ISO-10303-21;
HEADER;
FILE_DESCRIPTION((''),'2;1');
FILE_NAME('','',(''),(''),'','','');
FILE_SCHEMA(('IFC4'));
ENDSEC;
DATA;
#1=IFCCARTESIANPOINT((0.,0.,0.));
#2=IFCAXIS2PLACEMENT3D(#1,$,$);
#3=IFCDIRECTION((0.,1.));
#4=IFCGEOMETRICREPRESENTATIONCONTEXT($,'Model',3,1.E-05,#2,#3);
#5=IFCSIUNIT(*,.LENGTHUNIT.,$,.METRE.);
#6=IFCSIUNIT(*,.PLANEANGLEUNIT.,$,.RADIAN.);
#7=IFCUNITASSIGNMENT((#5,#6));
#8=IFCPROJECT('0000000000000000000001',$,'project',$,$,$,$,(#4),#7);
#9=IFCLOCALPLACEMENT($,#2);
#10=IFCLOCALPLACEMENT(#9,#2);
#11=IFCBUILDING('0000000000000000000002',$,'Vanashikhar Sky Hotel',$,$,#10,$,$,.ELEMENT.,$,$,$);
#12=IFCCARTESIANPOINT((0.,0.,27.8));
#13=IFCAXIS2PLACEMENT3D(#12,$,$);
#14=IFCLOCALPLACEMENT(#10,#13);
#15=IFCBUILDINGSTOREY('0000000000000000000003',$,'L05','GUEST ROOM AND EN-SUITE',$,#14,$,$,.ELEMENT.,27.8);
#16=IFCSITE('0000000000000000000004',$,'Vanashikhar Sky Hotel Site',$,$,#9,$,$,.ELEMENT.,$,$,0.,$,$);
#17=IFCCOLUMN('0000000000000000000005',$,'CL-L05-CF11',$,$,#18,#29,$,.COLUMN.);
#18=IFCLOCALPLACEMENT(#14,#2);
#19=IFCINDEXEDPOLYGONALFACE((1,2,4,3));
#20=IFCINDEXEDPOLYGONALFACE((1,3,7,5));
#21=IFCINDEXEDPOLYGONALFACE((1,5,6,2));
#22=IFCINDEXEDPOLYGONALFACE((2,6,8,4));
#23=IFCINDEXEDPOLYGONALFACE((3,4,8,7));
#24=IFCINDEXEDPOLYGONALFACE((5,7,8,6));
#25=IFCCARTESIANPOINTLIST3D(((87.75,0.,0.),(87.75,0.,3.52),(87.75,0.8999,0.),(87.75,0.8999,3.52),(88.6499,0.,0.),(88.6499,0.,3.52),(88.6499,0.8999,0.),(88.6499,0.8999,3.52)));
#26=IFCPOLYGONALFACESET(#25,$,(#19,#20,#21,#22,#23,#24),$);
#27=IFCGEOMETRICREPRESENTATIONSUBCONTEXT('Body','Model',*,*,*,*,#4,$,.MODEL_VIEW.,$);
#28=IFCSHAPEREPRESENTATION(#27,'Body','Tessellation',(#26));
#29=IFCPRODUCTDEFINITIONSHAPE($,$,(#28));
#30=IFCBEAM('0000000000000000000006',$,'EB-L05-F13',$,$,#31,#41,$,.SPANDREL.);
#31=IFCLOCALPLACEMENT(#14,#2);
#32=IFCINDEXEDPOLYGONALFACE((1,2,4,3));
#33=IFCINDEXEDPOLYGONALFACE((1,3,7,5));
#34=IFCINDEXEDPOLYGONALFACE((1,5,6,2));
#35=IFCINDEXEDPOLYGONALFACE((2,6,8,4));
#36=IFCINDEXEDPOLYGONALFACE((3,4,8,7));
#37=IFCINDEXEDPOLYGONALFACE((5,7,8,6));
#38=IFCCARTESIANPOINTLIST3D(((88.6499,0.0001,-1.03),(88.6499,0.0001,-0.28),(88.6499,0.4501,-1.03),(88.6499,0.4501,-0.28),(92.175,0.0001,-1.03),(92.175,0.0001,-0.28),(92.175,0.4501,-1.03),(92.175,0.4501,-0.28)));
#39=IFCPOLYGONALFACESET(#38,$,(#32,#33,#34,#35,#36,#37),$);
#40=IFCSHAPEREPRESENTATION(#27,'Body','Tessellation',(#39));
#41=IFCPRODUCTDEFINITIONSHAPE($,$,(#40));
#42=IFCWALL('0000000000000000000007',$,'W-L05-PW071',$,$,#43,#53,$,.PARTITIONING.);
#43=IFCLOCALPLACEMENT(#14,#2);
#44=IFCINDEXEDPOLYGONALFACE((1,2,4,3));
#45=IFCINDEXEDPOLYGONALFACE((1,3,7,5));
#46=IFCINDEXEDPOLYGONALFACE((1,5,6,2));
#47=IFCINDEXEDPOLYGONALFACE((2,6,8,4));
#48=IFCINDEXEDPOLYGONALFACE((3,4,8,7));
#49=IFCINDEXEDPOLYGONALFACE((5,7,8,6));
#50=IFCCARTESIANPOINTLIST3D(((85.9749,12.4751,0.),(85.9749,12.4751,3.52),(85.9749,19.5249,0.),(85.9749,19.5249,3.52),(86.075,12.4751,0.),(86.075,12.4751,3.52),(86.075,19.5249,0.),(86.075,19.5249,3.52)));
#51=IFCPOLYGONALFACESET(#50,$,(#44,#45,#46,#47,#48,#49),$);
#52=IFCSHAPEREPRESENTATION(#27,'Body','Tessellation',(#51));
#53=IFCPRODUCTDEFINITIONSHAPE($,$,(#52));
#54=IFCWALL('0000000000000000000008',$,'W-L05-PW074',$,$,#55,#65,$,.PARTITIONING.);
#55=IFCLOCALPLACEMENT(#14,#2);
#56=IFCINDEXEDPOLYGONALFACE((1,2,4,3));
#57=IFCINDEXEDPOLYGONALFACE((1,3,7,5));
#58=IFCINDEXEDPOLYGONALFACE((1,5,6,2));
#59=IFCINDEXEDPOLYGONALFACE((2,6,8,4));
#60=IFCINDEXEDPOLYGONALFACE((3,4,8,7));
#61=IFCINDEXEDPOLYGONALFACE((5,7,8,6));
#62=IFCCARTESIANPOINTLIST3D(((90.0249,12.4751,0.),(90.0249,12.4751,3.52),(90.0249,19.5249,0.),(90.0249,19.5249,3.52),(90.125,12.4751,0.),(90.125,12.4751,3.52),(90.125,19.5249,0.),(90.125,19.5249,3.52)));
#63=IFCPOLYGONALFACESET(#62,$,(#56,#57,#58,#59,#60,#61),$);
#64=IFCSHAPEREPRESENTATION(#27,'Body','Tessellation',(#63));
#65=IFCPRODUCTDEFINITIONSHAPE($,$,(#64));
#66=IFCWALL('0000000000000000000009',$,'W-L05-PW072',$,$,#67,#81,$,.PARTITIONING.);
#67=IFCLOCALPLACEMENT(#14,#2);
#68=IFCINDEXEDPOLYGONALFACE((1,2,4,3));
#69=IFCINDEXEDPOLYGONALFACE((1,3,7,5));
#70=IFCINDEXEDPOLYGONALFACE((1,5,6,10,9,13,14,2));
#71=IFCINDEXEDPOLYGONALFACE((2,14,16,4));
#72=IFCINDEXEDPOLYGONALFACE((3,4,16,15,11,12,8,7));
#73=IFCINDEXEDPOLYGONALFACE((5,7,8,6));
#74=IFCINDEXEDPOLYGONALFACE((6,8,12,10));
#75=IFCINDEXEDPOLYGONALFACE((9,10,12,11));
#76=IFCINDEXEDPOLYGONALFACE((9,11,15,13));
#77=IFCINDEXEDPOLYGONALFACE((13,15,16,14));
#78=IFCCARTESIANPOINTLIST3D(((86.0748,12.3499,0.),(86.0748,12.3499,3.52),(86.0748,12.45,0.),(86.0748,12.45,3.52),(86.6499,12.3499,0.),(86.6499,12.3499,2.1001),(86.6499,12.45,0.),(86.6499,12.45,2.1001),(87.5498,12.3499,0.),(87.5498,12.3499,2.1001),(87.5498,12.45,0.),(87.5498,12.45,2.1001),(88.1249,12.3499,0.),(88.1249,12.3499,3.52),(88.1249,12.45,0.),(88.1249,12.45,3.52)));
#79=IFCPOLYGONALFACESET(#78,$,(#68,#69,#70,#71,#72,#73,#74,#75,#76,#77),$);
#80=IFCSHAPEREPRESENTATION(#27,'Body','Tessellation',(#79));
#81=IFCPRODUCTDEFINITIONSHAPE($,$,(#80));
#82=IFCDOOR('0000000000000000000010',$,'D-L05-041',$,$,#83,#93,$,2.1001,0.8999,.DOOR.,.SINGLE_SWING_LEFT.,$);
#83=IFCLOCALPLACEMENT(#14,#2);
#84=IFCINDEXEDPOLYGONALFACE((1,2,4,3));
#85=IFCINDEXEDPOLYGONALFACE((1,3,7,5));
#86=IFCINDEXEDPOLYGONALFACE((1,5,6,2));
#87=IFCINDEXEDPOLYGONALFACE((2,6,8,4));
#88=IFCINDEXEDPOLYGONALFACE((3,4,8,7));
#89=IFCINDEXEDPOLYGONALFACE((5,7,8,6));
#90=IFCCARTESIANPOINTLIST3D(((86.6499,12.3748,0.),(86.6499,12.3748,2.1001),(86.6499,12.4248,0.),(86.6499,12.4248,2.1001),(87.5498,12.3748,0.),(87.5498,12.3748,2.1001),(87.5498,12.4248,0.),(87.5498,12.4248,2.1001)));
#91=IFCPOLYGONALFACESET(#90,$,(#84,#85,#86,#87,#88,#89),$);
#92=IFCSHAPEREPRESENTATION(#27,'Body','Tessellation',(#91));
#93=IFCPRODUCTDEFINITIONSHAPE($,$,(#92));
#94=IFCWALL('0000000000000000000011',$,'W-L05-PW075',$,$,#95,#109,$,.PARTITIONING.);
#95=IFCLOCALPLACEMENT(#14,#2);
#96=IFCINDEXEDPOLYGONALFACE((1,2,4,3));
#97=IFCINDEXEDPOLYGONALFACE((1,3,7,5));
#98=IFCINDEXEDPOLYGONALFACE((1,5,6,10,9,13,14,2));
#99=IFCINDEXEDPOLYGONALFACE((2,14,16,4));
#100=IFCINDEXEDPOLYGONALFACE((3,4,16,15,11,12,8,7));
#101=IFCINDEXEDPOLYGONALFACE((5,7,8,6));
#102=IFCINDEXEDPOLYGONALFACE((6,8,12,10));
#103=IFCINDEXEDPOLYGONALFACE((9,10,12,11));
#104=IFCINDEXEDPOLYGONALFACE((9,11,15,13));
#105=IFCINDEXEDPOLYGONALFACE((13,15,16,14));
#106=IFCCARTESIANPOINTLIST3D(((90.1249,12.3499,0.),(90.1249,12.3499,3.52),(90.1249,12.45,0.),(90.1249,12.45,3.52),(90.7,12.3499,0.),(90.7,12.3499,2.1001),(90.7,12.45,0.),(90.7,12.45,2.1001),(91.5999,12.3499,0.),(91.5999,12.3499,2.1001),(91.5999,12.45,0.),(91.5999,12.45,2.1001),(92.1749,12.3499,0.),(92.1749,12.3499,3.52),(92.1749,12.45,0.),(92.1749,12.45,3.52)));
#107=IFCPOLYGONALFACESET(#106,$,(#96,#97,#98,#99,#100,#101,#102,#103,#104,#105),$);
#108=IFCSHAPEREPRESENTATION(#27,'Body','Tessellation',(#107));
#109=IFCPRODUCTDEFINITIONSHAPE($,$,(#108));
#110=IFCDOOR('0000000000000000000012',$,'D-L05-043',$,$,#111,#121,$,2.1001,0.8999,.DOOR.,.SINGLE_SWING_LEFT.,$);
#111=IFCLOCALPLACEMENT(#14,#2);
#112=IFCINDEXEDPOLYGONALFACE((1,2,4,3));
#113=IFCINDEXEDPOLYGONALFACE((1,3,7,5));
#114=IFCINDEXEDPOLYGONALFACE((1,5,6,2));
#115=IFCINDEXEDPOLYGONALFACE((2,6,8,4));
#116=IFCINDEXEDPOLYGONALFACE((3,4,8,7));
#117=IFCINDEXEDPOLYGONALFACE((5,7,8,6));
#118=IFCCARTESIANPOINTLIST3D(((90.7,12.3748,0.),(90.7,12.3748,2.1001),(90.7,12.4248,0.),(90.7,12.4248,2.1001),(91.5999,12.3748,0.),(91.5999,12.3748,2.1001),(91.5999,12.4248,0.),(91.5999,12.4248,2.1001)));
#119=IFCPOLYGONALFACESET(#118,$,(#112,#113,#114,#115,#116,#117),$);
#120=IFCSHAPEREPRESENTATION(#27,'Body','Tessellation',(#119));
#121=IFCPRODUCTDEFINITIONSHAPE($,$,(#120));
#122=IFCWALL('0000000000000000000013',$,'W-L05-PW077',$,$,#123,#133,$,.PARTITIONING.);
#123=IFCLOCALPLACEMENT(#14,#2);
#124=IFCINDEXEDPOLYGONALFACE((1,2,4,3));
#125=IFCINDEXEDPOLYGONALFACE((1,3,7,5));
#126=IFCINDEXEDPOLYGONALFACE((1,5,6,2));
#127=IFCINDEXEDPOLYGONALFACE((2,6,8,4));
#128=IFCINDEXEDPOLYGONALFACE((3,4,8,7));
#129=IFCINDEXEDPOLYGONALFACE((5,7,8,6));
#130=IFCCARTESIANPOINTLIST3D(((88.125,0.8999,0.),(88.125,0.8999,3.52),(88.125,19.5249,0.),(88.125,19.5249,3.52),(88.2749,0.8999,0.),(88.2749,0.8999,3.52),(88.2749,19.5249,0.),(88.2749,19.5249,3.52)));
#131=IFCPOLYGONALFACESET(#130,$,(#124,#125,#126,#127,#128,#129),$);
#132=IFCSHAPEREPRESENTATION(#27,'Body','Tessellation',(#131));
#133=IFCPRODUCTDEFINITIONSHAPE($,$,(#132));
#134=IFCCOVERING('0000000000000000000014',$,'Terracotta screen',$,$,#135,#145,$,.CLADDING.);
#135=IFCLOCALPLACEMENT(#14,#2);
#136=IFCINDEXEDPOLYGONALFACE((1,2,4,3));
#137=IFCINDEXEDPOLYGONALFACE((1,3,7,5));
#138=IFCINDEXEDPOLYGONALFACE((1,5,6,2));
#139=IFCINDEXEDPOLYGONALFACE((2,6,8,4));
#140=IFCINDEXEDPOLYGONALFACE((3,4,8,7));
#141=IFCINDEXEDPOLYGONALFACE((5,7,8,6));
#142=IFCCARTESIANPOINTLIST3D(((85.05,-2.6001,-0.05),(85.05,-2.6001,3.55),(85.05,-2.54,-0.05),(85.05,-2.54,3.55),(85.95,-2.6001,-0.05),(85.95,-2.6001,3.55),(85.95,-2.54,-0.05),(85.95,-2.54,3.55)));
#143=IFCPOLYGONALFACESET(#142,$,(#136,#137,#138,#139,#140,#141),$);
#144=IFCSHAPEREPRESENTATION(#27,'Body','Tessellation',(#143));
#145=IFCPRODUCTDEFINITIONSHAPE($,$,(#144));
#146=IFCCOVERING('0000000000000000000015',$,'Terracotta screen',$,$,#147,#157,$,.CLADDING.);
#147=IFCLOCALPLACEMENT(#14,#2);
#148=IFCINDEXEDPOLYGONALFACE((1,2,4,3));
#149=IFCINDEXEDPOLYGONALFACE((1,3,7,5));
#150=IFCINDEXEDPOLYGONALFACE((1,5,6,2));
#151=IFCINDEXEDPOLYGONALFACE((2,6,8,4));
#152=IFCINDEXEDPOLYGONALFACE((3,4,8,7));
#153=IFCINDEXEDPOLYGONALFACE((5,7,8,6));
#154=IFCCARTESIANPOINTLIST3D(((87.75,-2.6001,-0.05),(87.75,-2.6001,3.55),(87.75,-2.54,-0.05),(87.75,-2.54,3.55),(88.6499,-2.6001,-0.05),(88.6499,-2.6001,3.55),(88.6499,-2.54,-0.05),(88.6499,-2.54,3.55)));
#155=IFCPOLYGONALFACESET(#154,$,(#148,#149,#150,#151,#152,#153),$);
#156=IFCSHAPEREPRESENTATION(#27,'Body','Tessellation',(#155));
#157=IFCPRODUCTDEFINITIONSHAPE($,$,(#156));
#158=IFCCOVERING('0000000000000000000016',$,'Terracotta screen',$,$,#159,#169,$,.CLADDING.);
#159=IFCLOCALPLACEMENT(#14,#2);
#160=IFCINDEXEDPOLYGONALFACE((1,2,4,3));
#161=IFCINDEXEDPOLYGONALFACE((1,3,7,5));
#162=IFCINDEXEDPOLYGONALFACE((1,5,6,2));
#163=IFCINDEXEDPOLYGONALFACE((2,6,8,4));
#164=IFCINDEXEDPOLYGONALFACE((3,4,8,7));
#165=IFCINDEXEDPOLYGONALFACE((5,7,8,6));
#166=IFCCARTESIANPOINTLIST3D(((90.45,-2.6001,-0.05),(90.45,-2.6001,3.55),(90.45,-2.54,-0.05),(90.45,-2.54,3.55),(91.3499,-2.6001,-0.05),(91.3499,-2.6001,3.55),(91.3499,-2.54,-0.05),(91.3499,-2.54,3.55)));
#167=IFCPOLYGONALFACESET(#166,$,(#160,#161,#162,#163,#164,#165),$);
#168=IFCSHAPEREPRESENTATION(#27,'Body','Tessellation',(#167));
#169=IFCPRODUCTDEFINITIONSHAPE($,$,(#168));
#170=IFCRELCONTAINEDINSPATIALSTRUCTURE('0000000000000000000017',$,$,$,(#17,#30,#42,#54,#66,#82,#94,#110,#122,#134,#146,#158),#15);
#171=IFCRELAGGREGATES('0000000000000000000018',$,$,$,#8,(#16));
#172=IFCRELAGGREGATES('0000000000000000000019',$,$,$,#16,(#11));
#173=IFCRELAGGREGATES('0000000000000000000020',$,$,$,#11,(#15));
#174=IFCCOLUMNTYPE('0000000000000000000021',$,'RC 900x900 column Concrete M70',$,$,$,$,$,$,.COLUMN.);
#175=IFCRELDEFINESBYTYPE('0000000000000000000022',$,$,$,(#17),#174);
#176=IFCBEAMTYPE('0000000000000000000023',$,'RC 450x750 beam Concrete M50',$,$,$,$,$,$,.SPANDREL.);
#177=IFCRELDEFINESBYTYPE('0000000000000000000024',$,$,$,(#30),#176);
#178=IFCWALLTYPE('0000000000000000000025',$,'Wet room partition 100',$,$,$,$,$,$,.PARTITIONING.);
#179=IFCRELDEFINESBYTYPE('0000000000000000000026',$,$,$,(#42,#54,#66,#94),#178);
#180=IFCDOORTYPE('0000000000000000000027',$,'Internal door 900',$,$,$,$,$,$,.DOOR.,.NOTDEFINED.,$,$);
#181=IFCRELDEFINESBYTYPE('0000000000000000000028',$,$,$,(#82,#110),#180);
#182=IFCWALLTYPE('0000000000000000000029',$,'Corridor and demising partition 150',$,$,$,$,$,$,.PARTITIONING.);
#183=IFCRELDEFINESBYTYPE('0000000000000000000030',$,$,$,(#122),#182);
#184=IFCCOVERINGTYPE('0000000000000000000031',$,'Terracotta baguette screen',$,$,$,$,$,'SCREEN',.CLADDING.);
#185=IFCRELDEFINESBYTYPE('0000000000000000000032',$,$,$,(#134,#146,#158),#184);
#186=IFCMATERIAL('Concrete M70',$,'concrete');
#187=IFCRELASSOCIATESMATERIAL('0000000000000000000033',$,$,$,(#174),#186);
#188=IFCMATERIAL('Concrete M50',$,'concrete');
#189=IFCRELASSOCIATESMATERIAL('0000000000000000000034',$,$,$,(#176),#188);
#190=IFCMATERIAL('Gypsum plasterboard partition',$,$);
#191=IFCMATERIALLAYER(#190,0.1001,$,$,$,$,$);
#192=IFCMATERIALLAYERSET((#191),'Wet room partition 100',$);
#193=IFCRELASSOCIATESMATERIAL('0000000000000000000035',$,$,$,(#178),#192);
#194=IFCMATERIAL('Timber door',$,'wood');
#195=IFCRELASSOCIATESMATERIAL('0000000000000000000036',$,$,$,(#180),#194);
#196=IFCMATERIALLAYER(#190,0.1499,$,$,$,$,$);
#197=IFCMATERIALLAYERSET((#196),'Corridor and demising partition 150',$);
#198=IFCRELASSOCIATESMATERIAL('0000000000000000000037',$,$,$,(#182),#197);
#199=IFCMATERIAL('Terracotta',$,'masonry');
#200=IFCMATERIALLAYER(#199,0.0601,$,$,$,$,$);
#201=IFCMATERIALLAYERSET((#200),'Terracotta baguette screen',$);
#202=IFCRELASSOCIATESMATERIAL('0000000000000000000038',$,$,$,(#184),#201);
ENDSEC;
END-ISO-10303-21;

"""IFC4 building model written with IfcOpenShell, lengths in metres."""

from ifc_helpers import new_model, si_unit, direction, frame, frame_2d, origin, origin_2d, place, context, subcontext, project, spatial, rectangle, extrude, source, transform, mapped, material, layer, layer_set, material_profile, profile_set, type_object, element, fill, save


model = new_model("IFC4")

# Units and contexts
model_context = context("Model", 3, precision=1e-05, world=origin(), true_north=direction((0.0, 1.0)))
body_context = subcontext(model_context, "Body", "Model", "MODEL_VIEW")
ifc_project = project(units=[si_unit("LENGTHUNIT", "METRE"), si_unit("PLANEANGLEUNIT", "RADIAN")], contexts=[model_context])

# Site, building, storey
site_placement = place(None, origin())
site = spatial("IfcSite", under=ifc_project, at=site_placement, Name="Vanashikhar Sky Hotel Site", CompositionType="ELEMENT", RefElevation=0.0)
building_placement = place(site_placement, origin())
building = spatial("IfcBuilding", under=site, at=building_placement, Name="Vanashikhar Sky Hotel", CompositionType="ELEMENT")
storey_placement = place(building_placement, frame((0.0, 0.0, 27.8)))
storey = spatial("IfcBuildingStorey", under=building, at=storey_placement, Name="L05", Description="GUEST ROOM AND EN-SUITE", CompositionType="ELEMENT", Elevation=27.8)

# Column
ifc_material_1 = material(Name="Concrete M70", Category="concrete")
ifc_material_profile_1 = material_profile(ifc_material_1, rectangle(XDim=0.8999, YDim=0.8999, at=origin_2d()))
ifc_profile_set_1 = profile_set([ifc_material_profile_1], Name="RC 900x900 column Concrete M70")
column_type = type_object("IfcColumnType", Name="RC 900x900 column Concrete M70", PredefinedType="COLUMN", material=ifc_profile_set_1)
shared_shape_1 = source(origin(), body_context, "Body", "SweptSolid", [
    extrude(rectangle(XDim=0.8999, YDim=0.8999, at=origin_2d()), origin(), (0.0, 0.0, 1.0), 3.52),
])
column_placement = place(storey_placement, frame((88.2, 0.45, 0.0), z_axis=(0.0, 0.0, 1.0), x_axis=(1.0, 0.0, 0.0)))
element("IfcColumn", 1, at=column_placement, inside=storey, type_object=column_type, Name="CL-L05-CF11", PredefinedType="COLUMN", context=body_context, shape_type="MappedRepresentation", body=[
    mapped(shared_shape_1, transform((0.0, 0.0, 0.0), scale=1.0)),
])

# Beam
ifc_material_2 = material(Name="Concrete M50", Category="concrete")
ifc_material_profile_2 = material_profile(ifc_material_2, rectangle(XDim=0.45, YDim=0.75, at=origin_2d()))
ifc_profile_set_2 = profile_set([ifc_material_profile_2], Name="RC 450x750 beam Concrete M50")
beam_type = type_object("IfcBeamType", Name="RC 450x750 beam Concrete M50", PredefinedType="SPANDREL", material=ifc_profile_set_2)
shared_shape_2 = source(origin(), body_context, "Body", "SweptSolid", [
    extrude(rectangle(XDim=0.45, YDim=0.75, at=origin_2d()), origin(), (0.0, 0.0, 1.0), 3.5251),
])
beam_placement = place(storey_placement, frame((88.6499, 0.2251, -0.655), z_axis=(1.0, 0.0, 0.0), x_axis=(0.0, 1.0, 0.0)))
element("IfcBeam", 2, at=beam_placement, inside=storey, type_object=beam_type, Name="EB-L05-F13", PredefinedType="SPANDREL", context=body_context, shape_type="MappedRepresentation", body=[
    mapped(shared_shape_2, transform((0.0, 0.0, 0.0), scale=1.0)),
])

# Walls
ifc_material_3 = material(Name="Gypsum plasterboard partition")
ifc_layer_1 = layer(ifc_material_3, 0.1001)
ifc_layer_set_1 = layer_set([ifc_layer_1], Name="Wet room partition 100")
wall_type_1 = type_object("IfcWallType", Name="Wet room partition 100", PredefinedType="PARTITIONING", material=ifc_layer_set_1)
shared_shape_3 = source(origin(), body_context, "Body", "SweptSolid", [
    extrude(rectangle(XDim=7.0498, YDim=0.1001, at=frame_2d((3.5249, 0.0))), origin(), (0.0, 0.0, 1.0), 3.52),
])
for number, where, z_axis, x_axis, name in (
    (3, (86.0249, 12.4751, 0.0), (0.0, 0.0, 1.0), (0.0, 1.0, 0.0), "W-L05-PW071"),
    (4, (90.075, 12.4751, 0.0), (0.0, 0.0, 1.0), (0.0, 1.0, 0.0), "W-L05-PW074"),
):
    element("IfcWall", number, at=place(storey_placement, frame(where, z_axis=z_axis, x_axis=x_axis)), inside=storey, type_object=wall_type_1, Name=name, PredefinedType="PARTITIONING", context=body_context, shape_type="MappedRepresentation", body=[
        mapped(shared_shape_3, transform((0.0, 0.0, 0.0), scale=1.0)),
    ])

# Walls, openings, doors
shared_shape_4 = source(origin(), body_context, "Body", "SweptSolid", [
    extrude(rectangle(XDim=2.05, YDim=0.1001, at=frame_2d((1.0249, 0.0))), origin(), (0.0, 0.0, 1.0), 3.52),
])
wall_1_placement = place(storey_placement, frame((86.075, 12.3999, 0.0), z_axis=(0.0, 0.0, 1.0), x_axis=(1.0, 0.0, 0.0)))
wall_1 = element("IfcWall", 5, at=wall_1_placement, inside=storey, type_object=wall_type_1, Name="W-L05-PW072", PredefinedType="PARTITIONING", context=body_context, shape_type="MappedRepresentation", body=[
    mapped(shared_shape_4, transform((0.0, 0.0, 0.0), scale=1.0)),
])
shared_shape_5 = source(origin(), body_context, "Body", "SweptSolid", [
    extrude(rectangle(XDim=0.8999, YDim=2.1001, at=frame_2d((0.45, 1.05))), frame((0.0, 0.0601, 0.0), z_axis=(0.0, -1.0, 0.0), x_axis=(1.0, 0.0, 0.0)), (0.0, 0.0, 1.0), 0.1201),
])
opening_1_placement = place(wall_1_placement, frame((0.575, 0.0, 0.0)))
opening_1 = element("IfcOpeningElement", 6, at=opening_1_placement, cuts=wall_1, PredefinedType="OPENING", context=body_context, shape_type="MappedRepresentation", body=[
    mapped(shared_shape_5, transform((0.0, 0.0, 0.0), scale=1.0)),
])
ifc_material_4 = material(Name="Timber door", Category="wood")
door_type_1 = type_object("IfcDoorType", Name="Internal door 900", OperationType="NOTDEFINED", PredefinedType="DOOR", material=ifc_material_4)
shared_shape_6 = source(origin(), body_context, "Body", "SweptSolid", [
    extrude(rectangle(XDim=0.8999, YDim=2.1001, at=frame_2d((0.45, 1.05))), frame((0.0, 0.0249, 0.0), z_axis=(0.0, -1.0, 0.0), x_axis=(1.0, 0.0, 0.0)), (0.0, 0.0, 1.0), 0.05),
])
door_1_placement = place(opening_1_placement, origin())
door_1 = element("IfcDoor", 7, at=door_1_placement, inside=storey, type_object=door_type_1, Name="D-L05-041", OperationType="SINGLE_SWING_LEFT", OverallHeight=2.1001, OverallWidth=0.8999, PredefinedType="DOOR", context=body_context, shape_type="MappedRepresentation", body=[
    mapped(shared_shape_6, transform((0.0, 0.0, 0.0), scale=1.0)),
])
fill(opening_1, door_1)
wall_2_placement = place(storey_placement, frame((90.125, 12.3999, 0.0), z_axis=(0.0, 0.0, 1.0), x_axis=(1.0, 0.0, 0.0)))
wall_2 = element("IfcWall", 8, at=wall_2_placement, inside=storey, type_object=wall_type_1, Name="W-L05-PW075", PredefinedType="PARTITIONING", context=body_context, shape_type="MappedRepresentation", body=[
    mapped(shared_shape_4, transform((0.0, 0.0, 0.0), scale=1.0)),
])
opening_2_placement = place(wall_2_placement, frame((0.575, 0.0, 0.0)))
opening_2 = element("IfcOpeningElement", 9, at=opening_2_placement, cuts=wall_2, PredefinedType="OPENING", context=body_context, shape_type="MappedRepresentation", body=[
    mapped(shared_shape_5, transform((0.0, 0.0, 0.0), scale=1.0)),
])
door_2_placement = place(opening_2_placement, origin())
door_2 = element("IfcDoor", 10, at=door_2_placement, inside=storey, type_object=door_type_1, Name="D-L05-043", OperationType="SINGLE_SWING_LEFT", OverallHeight=2.1001, OverallWidth=0.8999, PredefinedType="DOOR", context=body_context, shape_type="MappedRepresentation", body=[
    mapped(shared_shape_6, transform((0.0, 0.0, 0.0), scale=1.0)),
])
fill(opening_2, door_2)

# Wall
ifc_layer_2 = layer(ifc_material_3, 0.1499)
ifc_layer_set_2 = layer_set([ifc_layer_2], Name="Corridor and demising partition 150")
wall_type_2 = type_object("IfcWallType", Name="Corridor and demising partition 150", PredefinedType="PARTITIONING", material=ifc_layer_set_2)
shared_shape_7 = source(origin(), body_context, "Body", "SweptSolid", [
    extrude(rectangle(XDim=18.625, YDim=0.1499, at=frame_2d((9.3125, 0.0))), origin(), (0.0, 0.0, 1.0), 3.52),
])
wall_3_placement = place(storey_placement, frame((88.2, 0.8999, 0.0), z_axis=(0.0, 0.0, 1.0), x_axis=(0.0, 1.0, 0.0)))
element("IfcWall", 11, at=wall_3_placement, inside=storey, type_object=wall_type_2, Name="W-L05-PW077", PredefinedType="PARTITIONING", context=body_context, shape_type="MappedRepresentation", body=[
    mapped(shared_shape_7, transform((0.0, 0.0, 0.0), scale=1.0)),
])

# Coverings
ifc_material_5 = material(Name="Terracotta", Category="masonry")
ifc_layer_3 = layer(ifc_material_5, 0.0601)
ifc_layer_set_3 = layer_set([ifc_layer_3], Name="Terracotta baguette screen")
covering_type = type_object("IfcCoveringType", Name="Terracotta baguette screen", ElementType="SCREEN", PredefinedType="CLADDING", material=ifc_layer_set_3)
shared_shape_8 = source(origin(), body_context, "Body", "SweptSolid", [
    extrude(rectangle(XDim=0.8999, YDim=0.0601, at=origin_2d()), origin(), (0.0, 0.0, 1.0), 3.6001),
])
for number, where, z_axis, x_axis, name in (
    (12, (85.5, -2.5701, -0.05), (0.0, 0.0, 1.0), (1.0, 0.0, 0.0), "Terracotta screen"),
    (13, (88.2, -2.5701, -0.05), (0.0, 0.0, 1.0), (1.0, 0.0, 0.0), "Terracotta screen"),
    (14, (90.8999, -2.5701, -0.05), (0.0, 0.0, 1.0), (1.0, 0.0, 0.0), "Terracotta screen"),
):
    element("IfcCovering", number, at=place(storey_placement, frame(where, z_axis=z_axis, x_axis=x_axis)), inside=storey, type_object=covering_type, Name=name, PredefinedType="CLADDING", context=body_context, shape_type="MappedRepresentation", body=[
        mapped(shared_shape_8, transform((0.0, 0.0, 0.0), scale=1.0)),
    ])

save(model, "model.ifc")
